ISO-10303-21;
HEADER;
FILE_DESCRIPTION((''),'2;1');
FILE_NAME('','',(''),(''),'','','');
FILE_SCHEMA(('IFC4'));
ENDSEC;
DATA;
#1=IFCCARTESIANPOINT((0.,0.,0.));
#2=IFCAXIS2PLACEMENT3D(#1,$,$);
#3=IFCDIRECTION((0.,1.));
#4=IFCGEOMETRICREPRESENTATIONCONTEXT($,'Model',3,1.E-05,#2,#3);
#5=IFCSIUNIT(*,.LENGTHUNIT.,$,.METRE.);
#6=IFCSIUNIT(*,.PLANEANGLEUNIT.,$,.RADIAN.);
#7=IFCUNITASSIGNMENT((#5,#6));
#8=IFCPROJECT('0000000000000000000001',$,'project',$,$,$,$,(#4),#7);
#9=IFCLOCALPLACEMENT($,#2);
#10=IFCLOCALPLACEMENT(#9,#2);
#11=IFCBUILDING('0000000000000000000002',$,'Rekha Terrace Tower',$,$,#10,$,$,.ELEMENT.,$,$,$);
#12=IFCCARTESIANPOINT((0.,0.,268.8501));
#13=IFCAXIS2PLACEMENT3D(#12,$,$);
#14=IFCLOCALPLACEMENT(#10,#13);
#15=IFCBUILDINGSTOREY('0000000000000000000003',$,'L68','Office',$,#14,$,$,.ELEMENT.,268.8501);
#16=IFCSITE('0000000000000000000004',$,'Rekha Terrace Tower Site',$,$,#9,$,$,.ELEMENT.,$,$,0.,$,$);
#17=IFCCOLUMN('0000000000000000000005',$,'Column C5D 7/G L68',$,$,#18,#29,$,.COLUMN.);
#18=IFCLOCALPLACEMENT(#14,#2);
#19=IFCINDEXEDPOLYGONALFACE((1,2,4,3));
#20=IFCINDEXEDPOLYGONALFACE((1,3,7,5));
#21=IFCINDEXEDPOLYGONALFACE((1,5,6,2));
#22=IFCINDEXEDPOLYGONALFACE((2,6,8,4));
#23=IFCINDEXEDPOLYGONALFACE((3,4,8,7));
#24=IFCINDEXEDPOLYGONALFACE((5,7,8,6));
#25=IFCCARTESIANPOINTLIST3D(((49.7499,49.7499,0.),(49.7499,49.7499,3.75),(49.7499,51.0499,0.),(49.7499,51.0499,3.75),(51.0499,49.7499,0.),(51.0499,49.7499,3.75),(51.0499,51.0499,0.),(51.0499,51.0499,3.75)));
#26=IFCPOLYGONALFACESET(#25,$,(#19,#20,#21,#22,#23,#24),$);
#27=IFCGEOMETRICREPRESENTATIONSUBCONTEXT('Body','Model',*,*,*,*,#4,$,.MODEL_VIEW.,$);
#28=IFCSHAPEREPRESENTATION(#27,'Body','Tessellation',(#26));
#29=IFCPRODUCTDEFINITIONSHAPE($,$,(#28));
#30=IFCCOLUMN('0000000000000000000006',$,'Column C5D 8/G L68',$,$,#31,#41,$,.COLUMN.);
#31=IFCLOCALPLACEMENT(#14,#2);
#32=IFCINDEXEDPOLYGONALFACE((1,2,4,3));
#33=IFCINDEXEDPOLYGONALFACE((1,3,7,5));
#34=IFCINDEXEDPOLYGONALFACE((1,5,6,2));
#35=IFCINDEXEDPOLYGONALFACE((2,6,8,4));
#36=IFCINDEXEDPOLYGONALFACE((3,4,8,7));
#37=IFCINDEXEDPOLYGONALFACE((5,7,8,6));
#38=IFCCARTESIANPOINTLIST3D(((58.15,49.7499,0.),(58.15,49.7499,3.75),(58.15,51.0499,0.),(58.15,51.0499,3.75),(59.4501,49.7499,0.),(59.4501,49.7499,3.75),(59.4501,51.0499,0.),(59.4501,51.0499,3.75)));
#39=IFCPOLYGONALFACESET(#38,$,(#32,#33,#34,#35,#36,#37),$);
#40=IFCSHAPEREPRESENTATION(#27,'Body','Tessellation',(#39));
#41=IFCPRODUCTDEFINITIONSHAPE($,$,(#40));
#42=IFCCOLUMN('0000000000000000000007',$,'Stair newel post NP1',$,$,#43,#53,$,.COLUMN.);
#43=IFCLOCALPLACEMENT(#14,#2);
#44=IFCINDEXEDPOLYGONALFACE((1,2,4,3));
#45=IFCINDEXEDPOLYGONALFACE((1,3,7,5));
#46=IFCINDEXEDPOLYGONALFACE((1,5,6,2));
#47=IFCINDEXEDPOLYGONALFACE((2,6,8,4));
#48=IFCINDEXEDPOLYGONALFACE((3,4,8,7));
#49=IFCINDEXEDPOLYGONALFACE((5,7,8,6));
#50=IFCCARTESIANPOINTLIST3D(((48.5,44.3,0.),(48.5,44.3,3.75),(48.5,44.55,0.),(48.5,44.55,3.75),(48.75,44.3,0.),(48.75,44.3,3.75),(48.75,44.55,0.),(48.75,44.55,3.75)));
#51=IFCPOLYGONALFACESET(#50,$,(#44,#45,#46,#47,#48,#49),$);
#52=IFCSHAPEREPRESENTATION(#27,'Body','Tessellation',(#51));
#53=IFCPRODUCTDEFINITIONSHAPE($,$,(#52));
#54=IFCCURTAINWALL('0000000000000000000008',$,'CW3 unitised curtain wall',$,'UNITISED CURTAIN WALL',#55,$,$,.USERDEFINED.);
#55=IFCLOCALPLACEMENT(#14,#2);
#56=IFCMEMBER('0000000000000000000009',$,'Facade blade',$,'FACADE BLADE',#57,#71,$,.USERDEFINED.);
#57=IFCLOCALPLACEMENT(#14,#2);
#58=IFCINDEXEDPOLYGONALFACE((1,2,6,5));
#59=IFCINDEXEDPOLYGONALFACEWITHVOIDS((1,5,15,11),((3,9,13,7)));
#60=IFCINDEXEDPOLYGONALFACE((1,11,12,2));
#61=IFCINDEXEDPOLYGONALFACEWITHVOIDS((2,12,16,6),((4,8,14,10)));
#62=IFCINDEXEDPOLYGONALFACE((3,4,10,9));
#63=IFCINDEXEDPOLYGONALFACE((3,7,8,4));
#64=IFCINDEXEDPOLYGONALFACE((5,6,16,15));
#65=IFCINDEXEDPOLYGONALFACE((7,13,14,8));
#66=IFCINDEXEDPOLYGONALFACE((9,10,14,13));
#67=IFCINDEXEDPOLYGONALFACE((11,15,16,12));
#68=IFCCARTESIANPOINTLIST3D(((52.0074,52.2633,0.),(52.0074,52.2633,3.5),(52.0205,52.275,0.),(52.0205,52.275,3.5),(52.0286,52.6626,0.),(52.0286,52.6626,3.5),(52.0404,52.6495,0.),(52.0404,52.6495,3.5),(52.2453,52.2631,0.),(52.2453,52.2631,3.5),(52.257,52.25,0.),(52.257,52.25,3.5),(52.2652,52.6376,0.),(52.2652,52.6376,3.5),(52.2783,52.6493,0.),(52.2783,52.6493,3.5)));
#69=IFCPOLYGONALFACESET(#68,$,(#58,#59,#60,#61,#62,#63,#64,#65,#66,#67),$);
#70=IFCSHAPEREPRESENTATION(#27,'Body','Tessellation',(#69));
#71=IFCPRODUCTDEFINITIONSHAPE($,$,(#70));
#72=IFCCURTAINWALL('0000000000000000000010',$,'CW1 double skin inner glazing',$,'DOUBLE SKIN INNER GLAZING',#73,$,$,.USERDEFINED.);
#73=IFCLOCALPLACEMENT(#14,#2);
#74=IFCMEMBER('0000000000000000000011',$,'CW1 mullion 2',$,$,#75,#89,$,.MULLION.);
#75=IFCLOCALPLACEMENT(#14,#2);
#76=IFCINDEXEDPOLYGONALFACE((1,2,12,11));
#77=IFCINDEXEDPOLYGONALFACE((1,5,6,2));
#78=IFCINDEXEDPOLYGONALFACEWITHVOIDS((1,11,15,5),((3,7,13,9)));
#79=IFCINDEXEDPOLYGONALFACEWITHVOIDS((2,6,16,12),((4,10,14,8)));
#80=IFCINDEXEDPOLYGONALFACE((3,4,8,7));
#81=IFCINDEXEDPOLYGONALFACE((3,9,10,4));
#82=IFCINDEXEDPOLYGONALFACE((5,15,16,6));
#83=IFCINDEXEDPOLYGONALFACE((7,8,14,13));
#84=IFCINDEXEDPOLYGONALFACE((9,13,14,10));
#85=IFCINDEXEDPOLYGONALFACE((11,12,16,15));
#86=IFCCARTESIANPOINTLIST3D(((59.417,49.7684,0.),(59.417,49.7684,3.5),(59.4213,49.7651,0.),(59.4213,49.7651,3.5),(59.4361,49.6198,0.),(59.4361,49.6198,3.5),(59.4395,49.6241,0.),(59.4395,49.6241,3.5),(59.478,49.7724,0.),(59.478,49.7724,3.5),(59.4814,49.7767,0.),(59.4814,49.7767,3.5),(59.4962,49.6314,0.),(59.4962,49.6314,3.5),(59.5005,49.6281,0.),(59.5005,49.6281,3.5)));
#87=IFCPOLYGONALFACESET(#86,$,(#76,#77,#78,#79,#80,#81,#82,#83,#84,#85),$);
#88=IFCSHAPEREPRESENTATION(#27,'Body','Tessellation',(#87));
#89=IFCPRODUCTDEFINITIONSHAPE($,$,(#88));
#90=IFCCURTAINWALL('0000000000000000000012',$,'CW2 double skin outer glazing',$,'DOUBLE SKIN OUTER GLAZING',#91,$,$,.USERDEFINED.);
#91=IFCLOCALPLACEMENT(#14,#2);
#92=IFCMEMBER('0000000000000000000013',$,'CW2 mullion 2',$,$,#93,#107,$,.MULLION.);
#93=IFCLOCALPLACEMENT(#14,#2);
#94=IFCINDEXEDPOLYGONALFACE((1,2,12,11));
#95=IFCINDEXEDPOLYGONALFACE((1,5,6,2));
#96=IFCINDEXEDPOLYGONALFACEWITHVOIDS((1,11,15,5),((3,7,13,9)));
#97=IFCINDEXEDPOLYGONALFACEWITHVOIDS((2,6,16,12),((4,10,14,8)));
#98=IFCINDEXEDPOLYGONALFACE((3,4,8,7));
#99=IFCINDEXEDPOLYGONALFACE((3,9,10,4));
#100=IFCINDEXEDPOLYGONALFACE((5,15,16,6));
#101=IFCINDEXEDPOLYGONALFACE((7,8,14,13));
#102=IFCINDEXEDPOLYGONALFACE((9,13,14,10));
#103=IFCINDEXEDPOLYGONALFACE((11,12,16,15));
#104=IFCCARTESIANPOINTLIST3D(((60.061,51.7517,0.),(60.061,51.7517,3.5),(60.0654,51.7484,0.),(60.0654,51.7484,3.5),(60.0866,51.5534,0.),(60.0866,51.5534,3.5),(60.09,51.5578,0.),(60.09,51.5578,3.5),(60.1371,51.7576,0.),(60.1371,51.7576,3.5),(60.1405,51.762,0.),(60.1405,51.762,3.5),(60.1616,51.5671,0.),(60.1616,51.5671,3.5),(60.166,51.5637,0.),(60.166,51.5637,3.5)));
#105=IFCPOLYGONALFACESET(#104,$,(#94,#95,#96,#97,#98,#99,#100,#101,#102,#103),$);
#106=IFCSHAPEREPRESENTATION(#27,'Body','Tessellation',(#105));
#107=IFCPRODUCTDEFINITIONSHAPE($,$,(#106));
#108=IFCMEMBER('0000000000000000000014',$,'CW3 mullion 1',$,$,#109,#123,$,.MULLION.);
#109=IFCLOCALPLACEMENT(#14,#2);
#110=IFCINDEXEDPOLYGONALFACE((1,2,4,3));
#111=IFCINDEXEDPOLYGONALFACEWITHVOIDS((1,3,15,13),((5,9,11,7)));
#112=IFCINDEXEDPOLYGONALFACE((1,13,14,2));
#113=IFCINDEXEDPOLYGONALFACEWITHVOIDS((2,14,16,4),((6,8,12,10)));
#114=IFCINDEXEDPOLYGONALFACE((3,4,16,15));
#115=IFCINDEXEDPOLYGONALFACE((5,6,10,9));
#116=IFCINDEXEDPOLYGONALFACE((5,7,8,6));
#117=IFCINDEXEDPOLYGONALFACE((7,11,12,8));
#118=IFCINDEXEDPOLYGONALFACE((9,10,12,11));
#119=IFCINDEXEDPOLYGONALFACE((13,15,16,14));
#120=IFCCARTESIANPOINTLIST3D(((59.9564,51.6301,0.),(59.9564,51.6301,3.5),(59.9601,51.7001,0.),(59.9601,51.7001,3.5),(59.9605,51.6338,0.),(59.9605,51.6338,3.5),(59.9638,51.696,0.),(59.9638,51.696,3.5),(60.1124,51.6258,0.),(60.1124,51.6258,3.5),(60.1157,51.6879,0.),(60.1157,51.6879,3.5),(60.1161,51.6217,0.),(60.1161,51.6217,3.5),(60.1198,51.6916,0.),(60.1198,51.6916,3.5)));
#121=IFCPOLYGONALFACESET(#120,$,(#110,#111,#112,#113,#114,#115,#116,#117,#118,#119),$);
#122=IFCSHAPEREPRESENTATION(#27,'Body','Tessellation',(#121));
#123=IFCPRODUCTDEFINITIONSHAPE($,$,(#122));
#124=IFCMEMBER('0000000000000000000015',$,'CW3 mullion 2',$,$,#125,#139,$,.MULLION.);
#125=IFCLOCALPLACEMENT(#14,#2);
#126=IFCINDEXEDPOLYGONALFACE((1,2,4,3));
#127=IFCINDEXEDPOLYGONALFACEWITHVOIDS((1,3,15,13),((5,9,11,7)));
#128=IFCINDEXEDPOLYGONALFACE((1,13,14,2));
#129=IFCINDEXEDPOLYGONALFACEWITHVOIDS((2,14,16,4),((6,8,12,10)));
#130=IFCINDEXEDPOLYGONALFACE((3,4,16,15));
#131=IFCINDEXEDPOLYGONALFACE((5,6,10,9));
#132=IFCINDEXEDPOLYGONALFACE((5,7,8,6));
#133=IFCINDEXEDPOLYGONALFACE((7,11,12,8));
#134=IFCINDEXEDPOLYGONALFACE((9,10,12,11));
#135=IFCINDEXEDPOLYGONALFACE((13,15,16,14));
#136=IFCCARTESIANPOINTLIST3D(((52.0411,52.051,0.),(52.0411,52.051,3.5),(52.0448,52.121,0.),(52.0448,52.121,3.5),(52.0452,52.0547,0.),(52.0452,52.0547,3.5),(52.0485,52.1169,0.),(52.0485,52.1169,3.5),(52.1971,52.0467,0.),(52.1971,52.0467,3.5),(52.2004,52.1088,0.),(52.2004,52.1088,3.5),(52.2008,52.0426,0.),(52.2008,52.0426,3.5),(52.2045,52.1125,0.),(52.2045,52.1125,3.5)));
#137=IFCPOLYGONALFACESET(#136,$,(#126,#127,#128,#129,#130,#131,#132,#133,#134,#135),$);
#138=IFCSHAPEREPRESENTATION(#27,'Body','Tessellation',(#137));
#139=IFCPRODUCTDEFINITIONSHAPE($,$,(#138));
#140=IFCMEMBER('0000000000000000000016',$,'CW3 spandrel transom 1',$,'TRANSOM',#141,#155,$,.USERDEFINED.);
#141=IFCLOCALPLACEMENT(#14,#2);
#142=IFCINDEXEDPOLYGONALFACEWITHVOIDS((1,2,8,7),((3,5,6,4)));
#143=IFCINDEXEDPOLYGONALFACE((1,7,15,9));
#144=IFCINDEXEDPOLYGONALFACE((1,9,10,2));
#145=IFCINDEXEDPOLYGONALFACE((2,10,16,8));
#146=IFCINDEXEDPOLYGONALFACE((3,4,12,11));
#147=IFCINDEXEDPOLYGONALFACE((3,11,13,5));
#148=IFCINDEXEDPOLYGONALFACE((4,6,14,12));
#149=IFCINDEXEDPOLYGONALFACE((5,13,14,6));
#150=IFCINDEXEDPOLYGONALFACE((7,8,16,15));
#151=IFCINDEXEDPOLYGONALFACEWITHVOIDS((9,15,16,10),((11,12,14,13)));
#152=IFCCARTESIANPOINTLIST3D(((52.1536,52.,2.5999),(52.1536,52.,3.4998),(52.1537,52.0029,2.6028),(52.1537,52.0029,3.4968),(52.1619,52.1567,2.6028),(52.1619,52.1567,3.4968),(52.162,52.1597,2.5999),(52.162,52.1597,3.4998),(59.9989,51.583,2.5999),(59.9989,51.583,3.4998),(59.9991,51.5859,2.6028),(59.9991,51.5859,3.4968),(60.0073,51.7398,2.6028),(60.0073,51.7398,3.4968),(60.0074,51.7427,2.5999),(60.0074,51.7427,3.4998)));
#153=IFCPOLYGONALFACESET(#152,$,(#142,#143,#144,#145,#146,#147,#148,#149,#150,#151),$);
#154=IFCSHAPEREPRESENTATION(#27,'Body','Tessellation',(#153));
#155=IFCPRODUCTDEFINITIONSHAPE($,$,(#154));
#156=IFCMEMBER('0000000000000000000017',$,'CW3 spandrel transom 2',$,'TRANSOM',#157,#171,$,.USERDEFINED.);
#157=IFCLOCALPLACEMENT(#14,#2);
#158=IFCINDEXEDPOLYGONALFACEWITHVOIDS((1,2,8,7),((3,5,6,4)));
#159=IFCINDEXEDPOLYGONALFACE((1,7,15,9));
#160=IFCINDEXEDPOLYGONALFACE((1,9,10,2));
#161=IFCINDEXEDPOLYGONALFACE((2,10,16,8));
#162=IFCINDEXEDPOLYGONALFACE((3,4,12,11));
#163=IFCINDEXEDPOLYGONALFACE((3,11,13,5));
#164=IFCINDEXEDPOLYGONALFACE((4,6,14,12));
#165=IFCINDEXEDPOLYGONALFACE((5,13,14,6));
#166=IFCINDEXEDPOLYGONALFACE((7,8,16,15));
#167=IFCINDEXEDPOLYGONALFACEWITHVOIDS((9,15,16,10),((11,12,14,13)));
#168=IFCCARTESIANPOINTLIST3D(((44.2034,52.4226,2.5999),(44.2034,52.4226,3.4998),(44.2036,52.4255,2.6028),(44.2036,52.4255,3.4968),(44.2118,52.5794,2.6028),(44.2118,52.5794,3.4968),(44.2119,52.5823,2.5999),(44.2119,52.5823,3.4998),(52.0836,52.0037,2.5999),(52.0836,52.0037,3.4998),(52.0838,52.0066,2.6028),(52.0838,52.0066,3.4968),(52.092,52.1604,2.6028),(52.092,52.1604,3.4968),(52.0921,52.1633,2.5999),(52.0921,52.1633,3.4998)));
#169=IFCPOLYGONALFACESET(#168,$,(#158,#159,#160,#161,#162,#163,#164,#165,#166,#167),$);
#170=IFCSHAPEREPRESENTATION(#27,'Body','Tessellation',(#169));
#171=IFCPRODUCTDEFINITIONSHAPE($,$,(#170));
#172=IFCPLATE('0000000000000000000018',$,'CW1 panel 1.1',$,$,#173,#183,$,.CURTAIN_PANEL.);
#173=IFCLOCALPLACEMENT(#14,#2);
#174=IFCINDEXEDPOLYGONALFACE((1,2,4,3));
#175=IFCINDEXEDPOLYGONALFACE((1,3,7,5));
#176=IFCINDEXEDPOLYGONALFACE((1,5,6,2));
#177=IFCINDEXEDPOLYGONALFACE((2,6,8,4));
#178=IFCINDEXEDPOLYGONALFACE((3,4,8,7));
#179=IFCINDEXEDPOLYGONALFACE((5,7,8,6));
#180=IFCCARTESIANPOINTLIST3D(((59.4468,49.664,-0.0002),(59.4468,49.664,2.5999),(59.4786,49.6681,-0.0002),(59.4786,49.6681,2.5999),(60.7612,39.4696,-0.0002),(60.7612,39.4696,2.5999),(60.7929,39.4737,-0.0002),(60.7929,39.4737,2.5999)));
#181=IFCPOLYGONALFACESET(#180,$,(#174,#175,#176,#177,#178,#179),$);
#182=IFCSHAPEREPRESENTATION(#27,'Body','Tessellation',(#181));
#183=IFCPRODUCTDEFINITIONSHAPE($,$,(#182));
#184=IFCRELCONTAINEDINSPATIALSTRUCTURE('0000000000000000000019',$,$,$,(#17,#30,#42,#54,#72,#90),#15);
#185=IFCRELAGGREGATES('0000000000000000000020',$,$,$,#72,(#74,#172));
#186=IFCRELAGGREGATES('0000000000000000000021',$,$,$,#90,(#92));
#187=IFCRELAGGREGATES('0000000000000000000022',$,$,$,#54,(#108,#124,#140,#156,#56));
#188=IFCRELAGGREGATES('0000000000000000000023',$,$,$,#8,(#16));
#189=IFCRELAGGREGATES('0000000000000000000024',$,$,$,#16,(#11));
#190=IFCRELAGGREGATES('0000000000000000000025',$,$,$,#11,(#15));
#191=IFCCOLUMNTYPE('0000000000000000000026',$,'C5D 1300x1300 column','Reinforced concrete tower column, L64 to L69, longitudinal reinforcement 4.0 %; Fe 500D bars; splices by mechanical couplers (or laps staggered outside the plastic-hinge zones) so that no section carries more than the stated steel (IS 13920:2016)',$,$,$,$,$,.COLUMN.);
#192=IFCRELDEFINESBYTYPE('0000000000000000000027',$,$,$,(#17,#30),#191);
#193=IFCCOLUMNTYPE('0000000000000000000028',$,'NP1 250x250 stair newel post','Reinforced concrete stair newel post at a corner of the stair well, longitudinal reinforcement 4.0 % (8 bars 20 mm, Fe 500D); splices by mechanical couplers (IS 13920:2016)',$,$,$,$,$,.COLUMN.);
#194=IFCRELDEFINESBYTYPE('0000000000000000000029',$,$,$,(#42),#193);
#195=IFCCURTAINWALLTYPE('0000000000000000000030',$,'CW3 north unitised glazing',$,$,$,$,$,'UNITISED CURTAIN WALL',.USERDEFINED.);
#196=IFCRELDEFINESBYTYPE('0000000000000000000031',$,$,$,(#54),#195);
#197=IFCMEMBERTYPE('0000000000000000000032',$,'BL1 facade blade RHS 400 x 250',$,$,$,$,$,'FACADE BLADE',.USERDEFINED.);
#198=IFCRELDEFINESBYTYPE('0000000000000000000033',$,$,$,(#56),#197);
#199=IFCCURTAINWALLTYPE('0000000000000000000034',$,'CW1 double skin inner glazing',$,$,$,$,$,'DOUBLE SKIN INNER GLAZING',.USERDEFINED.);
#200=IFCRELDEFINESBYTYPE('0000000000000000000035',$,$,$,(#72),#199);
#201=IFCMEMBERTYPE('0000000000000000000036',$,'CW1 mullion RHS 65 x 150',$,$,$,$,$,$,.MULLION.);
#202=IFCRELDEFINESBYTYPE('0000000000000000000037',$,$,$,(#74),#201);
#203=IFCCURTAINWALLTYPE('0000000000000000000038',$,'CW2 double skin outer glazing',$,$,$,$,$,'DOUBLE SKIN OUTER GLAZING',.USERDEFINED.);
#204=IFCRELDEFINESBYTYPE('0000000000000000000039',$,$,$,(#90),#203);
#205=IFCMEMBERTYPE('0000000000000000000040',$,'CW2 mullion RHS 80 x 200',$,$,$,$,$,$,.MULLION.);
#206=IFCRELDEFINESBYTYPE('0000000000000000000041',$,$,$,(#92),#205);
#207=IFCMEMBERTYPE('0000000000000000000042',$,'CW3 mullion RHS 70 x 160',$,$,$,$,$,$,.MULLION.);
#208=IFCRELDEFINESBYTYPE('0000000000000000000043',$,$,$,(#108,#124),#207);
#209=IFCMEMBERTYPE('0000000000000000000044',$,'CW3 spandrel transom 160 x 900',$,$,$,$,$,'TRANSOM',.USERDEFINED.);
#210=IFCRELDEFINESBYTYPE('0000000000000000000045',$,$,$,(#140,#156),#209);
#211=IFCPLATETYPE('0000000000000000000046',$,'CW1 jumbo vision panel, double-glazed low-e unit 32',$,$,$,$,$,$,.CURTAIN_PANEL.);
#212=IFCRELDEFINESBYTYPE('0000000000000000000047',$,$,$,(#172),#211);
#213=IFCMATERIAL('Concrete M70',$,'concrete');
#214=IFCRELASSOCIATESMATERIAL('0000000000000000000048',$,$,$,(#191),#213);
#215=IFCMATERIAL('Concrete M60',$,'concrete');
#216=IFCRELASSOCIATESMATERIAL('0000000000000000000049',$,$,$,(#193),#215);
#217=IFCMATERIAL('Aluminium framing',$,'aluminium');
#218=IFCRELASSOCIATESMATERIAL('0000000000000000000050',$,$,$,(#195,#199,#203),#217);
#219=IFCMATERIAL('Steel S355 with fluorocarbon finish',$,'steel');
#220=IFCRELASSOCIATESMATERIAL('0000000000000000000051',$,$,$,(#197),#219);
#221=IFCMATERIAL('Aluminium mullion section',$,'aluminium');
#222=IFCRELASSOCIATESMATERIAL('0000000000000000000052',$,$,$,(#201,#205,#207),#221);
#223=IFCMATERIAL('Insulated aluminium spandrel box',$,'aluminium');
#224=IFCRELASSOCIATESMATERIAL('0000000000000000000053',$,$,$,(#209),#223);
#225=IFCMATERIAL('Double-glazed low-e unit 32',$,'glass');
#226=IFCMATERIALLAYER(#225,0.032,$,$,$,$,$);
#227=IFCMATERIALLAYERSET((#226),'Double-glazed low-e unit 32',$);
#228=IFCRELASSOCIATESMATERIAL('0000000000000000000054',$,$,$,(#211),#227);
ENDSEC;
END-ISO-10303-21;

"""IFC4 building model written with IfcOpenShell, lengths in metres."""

from ifc_helpers import new_model, si_unit, direction, frame, origin, origin_2d, place, context, subcontext, project, spatial, rectangle, hollow_rectangle, extrude, material, layer, layer_set, material_profile, profile_set, type_object, element, aggregate, save


model = new_model("IFC4")

# Units and contexts
model_context = context("Model", 3, precision=1e-05, world=origin(), true_north=direction((0.0, 1.0)))
body_context = subcontext(model_context, "Body", "Model", "MODEL_VIEW")
ifc_project = project(units=[si_unit("LENGTHUNIT", "METRE"), si_unit("PLANEANGLEUNIT", "RADIAN")], contexts=[model_context])

# Site, building, storey
site_placement = place(None, origin())
site = spatial("IfcSite", under=ifc_project, at=site_placement, Name="Rekha Terrace Tower Site", CompositionType="ELEMENT", RefElevation=0.0)
building_placement = place(site_placement, origin())
building = spatial("IfcBuilding", under=site, at=building_placement, Name="Rekha Terrace Tower", CompositionType="ELEMENT")
storey_placement = place(building_placement, frame((0.0, 0.0, 268.8501)))
storey = spatial("IfcBuildingStorey", under=building, at=storey_placement, Name="L68", Description="Office", CompositionType="ELEMENT", Elevation=268.8501)

# Columns
ifc_material_1 = material(Name="Concrete M70", Category="concrete")
ifc_material_profile_1 = material_profile(ifc_material_1, rectangle(XDim=1.3, YDim=1.3, at=origin_2d()), Name="RC 1300x1300")
ifc_profile_set_1 = profile_set([ifc_material_profile_1], Name="Concrete M70")
column_type_1 = type_object("IfcColumnType", Name="C5D 1300x1300 column", Description="Reinforced concrete tower column, L64 to L69, longitudinal reinforcement 4.0 %; Fe 500D bars; splices by mechanical couplers (or laps staggered outside the plastic-hinge zones) so that no section carries more than the stated steel (IS 13920:2016)", PredefinedType="COLUMN", material=ifc_profile_set_1)
for number, where, z_axis, x_axis, name in (
    (1, (50.3999, 50.3999, 0.0), (0.0, 0.0, 1.0), (1.0, 0.0, 0.0), "Column C5D 7/G L68"),
    (2, (58.8, 50.3999, 0.0), (0.0, 0.0, 1.0), (1.0, 0.0, 0.0), "Column C5D 8/G L68"),
):
    element("IfcColumn", number, at=place(storey_placement, frame(where, z_axis=z_axis, x_axis=x_axis)), inside=storey, type_object=column_type_1, Name=name, PredefinedType="COLUMN", context=body_context, shape_type="SweptSolid", body=[
        extrude(rectangle(XDim=1.3, YDim=1.3, at=origin_2d()), origin(), (0.0, 0.0, 1.0), 3.75),
    ])
ifc_material_2 = material(Name="Concrete M60", Category="concrete")
ifc_material_profile_2 = material_profile(ifc_material_2, rectangle(XDim=0.25, YDim=0.25, at=origin_2d()), Name="RC 250x250")
ifc_profile_set_2 = profile_set([ifc_material_profile_2], Name="Concrete M60")
column_type_2 = type_object("IfcColumnType", Name="NP1 250x250 stair newel post", Description="Reinforced concrete stair newel post at a corner of the stair well, longitudinal reinforcement 4.0 % (8 bars 20 mm, Fe 500D); splices by mechanical couplers (IS 13920:2016)", PredefinedType="COLUMN", material=ifc_profile_set_2)
column_placement = place(storey_placement, frame((48.625, 44.425, 0.0), z_axis=(0.0, 0.0, 1.0), x_axis=(1.0, 0.0, 0.0)))
element("IfcColumn", 3, at=column_placement, inside=storey, type_object=column_type_2, Name="Stair newel post NP1", PredefinedType="COLUMN", context=body_context, shape_type="SweptSolid", body=[
    extrude(rectangle(XDim=0.25, YDim=0.25, at=origin_2d()), origin(), (0.0, 0.0, 1.0), 3.75),
])

# Curtain walls, members
ifc_material_3 = material(Name="Aluminium framing", Category="aluminium")
curtain_wall_type_1 = type_object("IfcCurtainWallType", Name="CW3 north unitised glazing", ElementType="UNITISED CURTAIN WALL", PredefinedType="USERDEFINED", material=ifc_material_3)
curtain_wall_1_placement = place(storey_placement, origin())
curtain_wall_1 = element("IfcCurtainWall", 4, at=curtain_wall_1_placement, inside=storey, type_object=curtain_wall_type_1, Name="CW3 unitised curtain wall", ObjectType="UNITISED CURTAIN WALL", PredefinedType="USERDEFINED")
ifc_material_4 = material(Name="Steel S355 with fluorocarbon finish", Category="steel")
ifc_material_profile_3 = material_profile(ifc_material_4, hollow_rectangle(XDim=0.25, YDim=0.3999, WallThickness=0.0125, at=origin_2d()), Name="RHS400x250x12.5")
ifc_profile_set_3 = profile_set([ifc_material_profile_3], Name="Steel S355 with fluorocarbon finish")
member_type_1 = type_object("IfcMemberType", Name="BL1 facade blade RHS 400 x 250", ElementType="FACADE BLADE", PredefinedType="USERDEFINED", material=ifc_profile_set_3)
member_1_placement = place(storey_placement, frame((52.1428, 52.4563, 0.0), z_axis=(0.0, 0.0, 1.0), x_axis=(-0.99859, 0.053084, 0.0)))
member_1 = element("IfcMember", 5, at=member_1_placement, type_object=member_type_1, Name="Facade blade", ObjectType="FACADE BLADE", PredefinedType="USERDEFINED", context=body_context, shape_type="SweptSolid", body=[
    extrude(hollow_rectangle(XDim=0.25, YDim=0.3999, WallThickness=0.0125, at=origin_2d()), origin(), (0.0, 0.0, 1.0), 3.5),
])
curtain_wall_type_2 = type_object("IfcCurtainWallType", Name="CW1 double skin inner glazing", ElementType="DOUBLE SKIN INNER GLAZING", PredefinedType="USERDEFINED", material=ifc_material_3)
curtain_wall_2_placement = place(storey_placement, origin())
curtain_wall_2 = element("IfcCurtainWall", 6, at=curtain_wall_2_placement, inside=storey, type_object=curtain_wall_type_2, Name="CW1 double skin inner glazing", ObjectType="DOUBLE SKIN INNER GLAZING", PredefinedType="USERDEFINED")
ifc_material_5 = material(Name="Aluminium mullion section", Category="aluminium")
ifc_material_profile_4 = material_profile(ifc_material_5, hollow_rectangle(XDim=0.0649, YDim=0.1499, WallThickness=0.0039, at=origin_2d()), Name="AL RHS 65x150")
ifc_profile_set_4 = profile_set([ifc_material_profile_4], Name="Aluminium mullion section")
member_type_2 = type_object("IfcMemberType", Name="CW1 mullion RHS 65 x 150", PredefinedType="MULLION", material=ifc_profile_set_4)
member_2_placement = place(storey_placement, frame((59.4587, 49.6982, 0.0), z_axis=(0.0, 0.0, 1.0), x_axis=(-0.991791, -0.12787, 0.0)))
member_2 = element("IfcMember", 7, at=member_2_placement, type_object=member_type_2, Name="CW1 mullion 2", PredefinedType="MULLION", context=body_context, shape_type="SweptSolid", body=[
    extrude(hollow_rectangle(XDim=0.0649, YDim=0.1499, WallThickness=0.0039, at=origin_2d()), origin(), (0.0, 0.0, 1.0), 3.5),
])
curtain_wall_type_3 = type_object("IfcCurtainWallType", Name="CW2 double skin outer glazing", ElementType="DOUBLE SKIN OUTER GLAZING", PredefinedType="USERDEFINED", material=ifc_material_3)
curtain_wall_3_placement = place(storey_placement, origin())
curtain_wall_3 = element("IfcCurtainWall", 8, at=curtain_wall_3_placement, inside=storey, type_object=curtain_wall_type_3, Name="CW2 double skin outer glazing", ObjectType="DOUBLE SKIN OUTER GLAZING", PredefinedType="USERDEFINED")
ifc_material_profile_5 = material_profile(ifc_material_5, hollow_rectangle(XDim=0.0801, YDim=0.2, WallThickness=0.0039, at=origin_2d()), Name="AL RHS 80x200")
ifc_profile_set_5 = profile_set([ifc_material_profile_5], Name="Aluminium mullion section")
member_type_3 = type_object("IfcMemberType", Name="CW2 mullion RHS 80 x 200", PredefinedType="MULLION", material=ifc_profile_set_5)
member_3_placement = place(storey_placement, frame((60.1135, 51.6577, 0.0), z_axis=(0.0, 0.0, 1.0), x_axis=(-0.991791, -0.12787, 0.0)))
member_3 = element("IfcMember", 9, at=member_3_placement, type_object=member_type_3, Name="CW2 mullion 2", PredefinedType="MULLION", context=body_context, shape_type="SweptSolid", body=[
    extrude(hollow_rectangle(XDim=0.0801, YDim=0.2, WallThickness=0.0039, at=origin_2d()), origin(), (0.0, 0.0, 1.0), 3.5),
])

# Members
ifc_material_profile_6 = material_profile(ifc_material_5, hollow_rectangle(XDim=0.0701, YDim=0.1599, WallThickness=0.0039, at=origin_2d()), Name="AL RHS 70x160")
ifc_profile_set_6 = profile_set([ifc_material_profile_6], Name="Aluminium mullion section")
member_type_4 = type_object("IfcMemberType", Name="CW3 mullion RHS 70 x 160", PredefinedType="MULLION", material=ifc_profile_set_6)
member_4_placement = place(storey_placement, frame((60.0381, 51.6609, 0.0), z_axis=(0.0, 0.0, 1.0), x_axis=(-0.053083, -0.99859, 0.0)))
member_4 = element("IfcMember", 10, at=member_4_placement, type_object=member_type_4, Name="CW3 mullion 1", PredefinedType="MULLION", context=body_context, shape_type="SweptSolid", body=[
    extrude(hollow_rectangle(XDim=0.0701, YDim=0.1599, WallThickness=0.0039, at=origin_2d()), origin(), (0.0, 0.0, 1.0), 3.5),
])
member_5_placement = place(storey_placement, frame((52.1228, 52.0818, 0.0), z_axis=(0.0, 0.0, 1.0), x_axis=(-0.053083, -0.99859, 0.0)))
member_5 = element("IfcMember", 11, at=member_5_placement, type_object=member_type_4, Name="CW3 mullion 2", PredefinedType="MULLION", context=body_context, shape_type="SweptSolid", body=[
    extrude(hollow_rectangle(XDim=0.0701, YDim=0.1599, WallThickness=0.0039, at=origin_2d()), origin(), (0.0, 0.0, 1.0), 3.5),
])
ifc_material_6 = material(Name="Insulated aluminium spandrel box", Category="aluminium")
ifc_material_profile_7 = material_profile(ifc_material_6, hollow_rectangle(XDim=0.1599, YDim=0.8999, WallThickness=0.0029, at=origin_2d()), Name="AL SPANDREL BOX 160x900")
ifc_profile_set_7 = profile_set([ifc_material_profile_7], Name="Insulated aluminium spandrel box")
member_type_5 = type_object("IfcMemberType", Name="CW3 spandrel transom 160 x 900", ElementType="TRANSOM", PredefinedType="USERDEFINED", material=ifc_profile_set_7)
member_6_placement = place(storey_placement, frame((60.0032, 51.6628, 3.0498), z_axis=(-0.99859, 0.053076, 0.0), x_axis=(-0.053076, -0.99859, 0.0)))
member_6 = element("IfcMember", 12, at=member_6_placement, type_object=member_type_5, Name="CW3 spandrel transom 1", ObjectType="TRANSOM", PredefinedType="USERDEFINED", context=body_context, shape_type="SweptSolid", body=[
    extrude(hollow_rectangle(XDim=0.1599, YDim=0.8999, WallThickness=0.0029, at=origin_2d()), origin(), (0.0, 0.0, 1.0), 7.8564),
])
member_7_placement = place(storey_placement, frame((52.0879, 52.0835, 3.0498), z_axis=(-0.99859, 0.05309, 0.0), x_axis=(-0.05309, -0.99859, 0.0)))
member_7 = element("IfcMember", 13, at=member_7_placement, type_object=member_type_5, Name="CW3 spandrel transom 2", ObjectType="TRANSOM", PredefinedType="USERDEFINED", context=body_context, shape_type="SweptSolid", body=[
    extrude(hollow_rectangle(XDim=0.1599, YDim=0.8999, WallThickness=0.0029, at=origin_2d()), origin(), (0.0, 0.0, 1.0), 7.8914),
])

# Plate
ifc_material_7 = material(Name="Double-glazed low-e unit 32", Category="glass")
ifc_layer_1 = layer(ifc_material_7, 0.032)
ifc_layer_set_1 = layer_set([ifc_layer_1], Name="Double-glazed low-e unit 32")
plate_type_1 = type_object("IfcPlateType", Name="CW1 jumbo vision panel, double-glazed low-e unit 32", PredefinedType="CURTAIN_PANEL", material=ifc_layer_set_1)
plate_1_placement = place(storey_placement, frame((60.1199, 44.5688, -0.0002), z_axis=(0.0, 0.0, 1.0), x_axis=(-0.12787, 0.991791, 0.0)))
plate_1 = element("IfcPlate", 14, at=plate_1_placement, type_object=plate_type_1, Name="CW1 panel 1.1", PredefinedType="CURTAIN_PANEL", context=body_context, shape_type="SweptSolid", body=[
    extrude(rectangle(XDim=10.2788, YDim=0.032, at=origin_2d()), origin(), (0.0, 0.0, 1.0), 2.6001),
])
aggregate(curtain_wall_2, [member_2, plate_1])
aggregate(curtain_wall_3, [member_3])
aggregate(curtain_wall_1, [member_4, member_5, member_6, member_7, member_1])

save(model, "model.ifc")
